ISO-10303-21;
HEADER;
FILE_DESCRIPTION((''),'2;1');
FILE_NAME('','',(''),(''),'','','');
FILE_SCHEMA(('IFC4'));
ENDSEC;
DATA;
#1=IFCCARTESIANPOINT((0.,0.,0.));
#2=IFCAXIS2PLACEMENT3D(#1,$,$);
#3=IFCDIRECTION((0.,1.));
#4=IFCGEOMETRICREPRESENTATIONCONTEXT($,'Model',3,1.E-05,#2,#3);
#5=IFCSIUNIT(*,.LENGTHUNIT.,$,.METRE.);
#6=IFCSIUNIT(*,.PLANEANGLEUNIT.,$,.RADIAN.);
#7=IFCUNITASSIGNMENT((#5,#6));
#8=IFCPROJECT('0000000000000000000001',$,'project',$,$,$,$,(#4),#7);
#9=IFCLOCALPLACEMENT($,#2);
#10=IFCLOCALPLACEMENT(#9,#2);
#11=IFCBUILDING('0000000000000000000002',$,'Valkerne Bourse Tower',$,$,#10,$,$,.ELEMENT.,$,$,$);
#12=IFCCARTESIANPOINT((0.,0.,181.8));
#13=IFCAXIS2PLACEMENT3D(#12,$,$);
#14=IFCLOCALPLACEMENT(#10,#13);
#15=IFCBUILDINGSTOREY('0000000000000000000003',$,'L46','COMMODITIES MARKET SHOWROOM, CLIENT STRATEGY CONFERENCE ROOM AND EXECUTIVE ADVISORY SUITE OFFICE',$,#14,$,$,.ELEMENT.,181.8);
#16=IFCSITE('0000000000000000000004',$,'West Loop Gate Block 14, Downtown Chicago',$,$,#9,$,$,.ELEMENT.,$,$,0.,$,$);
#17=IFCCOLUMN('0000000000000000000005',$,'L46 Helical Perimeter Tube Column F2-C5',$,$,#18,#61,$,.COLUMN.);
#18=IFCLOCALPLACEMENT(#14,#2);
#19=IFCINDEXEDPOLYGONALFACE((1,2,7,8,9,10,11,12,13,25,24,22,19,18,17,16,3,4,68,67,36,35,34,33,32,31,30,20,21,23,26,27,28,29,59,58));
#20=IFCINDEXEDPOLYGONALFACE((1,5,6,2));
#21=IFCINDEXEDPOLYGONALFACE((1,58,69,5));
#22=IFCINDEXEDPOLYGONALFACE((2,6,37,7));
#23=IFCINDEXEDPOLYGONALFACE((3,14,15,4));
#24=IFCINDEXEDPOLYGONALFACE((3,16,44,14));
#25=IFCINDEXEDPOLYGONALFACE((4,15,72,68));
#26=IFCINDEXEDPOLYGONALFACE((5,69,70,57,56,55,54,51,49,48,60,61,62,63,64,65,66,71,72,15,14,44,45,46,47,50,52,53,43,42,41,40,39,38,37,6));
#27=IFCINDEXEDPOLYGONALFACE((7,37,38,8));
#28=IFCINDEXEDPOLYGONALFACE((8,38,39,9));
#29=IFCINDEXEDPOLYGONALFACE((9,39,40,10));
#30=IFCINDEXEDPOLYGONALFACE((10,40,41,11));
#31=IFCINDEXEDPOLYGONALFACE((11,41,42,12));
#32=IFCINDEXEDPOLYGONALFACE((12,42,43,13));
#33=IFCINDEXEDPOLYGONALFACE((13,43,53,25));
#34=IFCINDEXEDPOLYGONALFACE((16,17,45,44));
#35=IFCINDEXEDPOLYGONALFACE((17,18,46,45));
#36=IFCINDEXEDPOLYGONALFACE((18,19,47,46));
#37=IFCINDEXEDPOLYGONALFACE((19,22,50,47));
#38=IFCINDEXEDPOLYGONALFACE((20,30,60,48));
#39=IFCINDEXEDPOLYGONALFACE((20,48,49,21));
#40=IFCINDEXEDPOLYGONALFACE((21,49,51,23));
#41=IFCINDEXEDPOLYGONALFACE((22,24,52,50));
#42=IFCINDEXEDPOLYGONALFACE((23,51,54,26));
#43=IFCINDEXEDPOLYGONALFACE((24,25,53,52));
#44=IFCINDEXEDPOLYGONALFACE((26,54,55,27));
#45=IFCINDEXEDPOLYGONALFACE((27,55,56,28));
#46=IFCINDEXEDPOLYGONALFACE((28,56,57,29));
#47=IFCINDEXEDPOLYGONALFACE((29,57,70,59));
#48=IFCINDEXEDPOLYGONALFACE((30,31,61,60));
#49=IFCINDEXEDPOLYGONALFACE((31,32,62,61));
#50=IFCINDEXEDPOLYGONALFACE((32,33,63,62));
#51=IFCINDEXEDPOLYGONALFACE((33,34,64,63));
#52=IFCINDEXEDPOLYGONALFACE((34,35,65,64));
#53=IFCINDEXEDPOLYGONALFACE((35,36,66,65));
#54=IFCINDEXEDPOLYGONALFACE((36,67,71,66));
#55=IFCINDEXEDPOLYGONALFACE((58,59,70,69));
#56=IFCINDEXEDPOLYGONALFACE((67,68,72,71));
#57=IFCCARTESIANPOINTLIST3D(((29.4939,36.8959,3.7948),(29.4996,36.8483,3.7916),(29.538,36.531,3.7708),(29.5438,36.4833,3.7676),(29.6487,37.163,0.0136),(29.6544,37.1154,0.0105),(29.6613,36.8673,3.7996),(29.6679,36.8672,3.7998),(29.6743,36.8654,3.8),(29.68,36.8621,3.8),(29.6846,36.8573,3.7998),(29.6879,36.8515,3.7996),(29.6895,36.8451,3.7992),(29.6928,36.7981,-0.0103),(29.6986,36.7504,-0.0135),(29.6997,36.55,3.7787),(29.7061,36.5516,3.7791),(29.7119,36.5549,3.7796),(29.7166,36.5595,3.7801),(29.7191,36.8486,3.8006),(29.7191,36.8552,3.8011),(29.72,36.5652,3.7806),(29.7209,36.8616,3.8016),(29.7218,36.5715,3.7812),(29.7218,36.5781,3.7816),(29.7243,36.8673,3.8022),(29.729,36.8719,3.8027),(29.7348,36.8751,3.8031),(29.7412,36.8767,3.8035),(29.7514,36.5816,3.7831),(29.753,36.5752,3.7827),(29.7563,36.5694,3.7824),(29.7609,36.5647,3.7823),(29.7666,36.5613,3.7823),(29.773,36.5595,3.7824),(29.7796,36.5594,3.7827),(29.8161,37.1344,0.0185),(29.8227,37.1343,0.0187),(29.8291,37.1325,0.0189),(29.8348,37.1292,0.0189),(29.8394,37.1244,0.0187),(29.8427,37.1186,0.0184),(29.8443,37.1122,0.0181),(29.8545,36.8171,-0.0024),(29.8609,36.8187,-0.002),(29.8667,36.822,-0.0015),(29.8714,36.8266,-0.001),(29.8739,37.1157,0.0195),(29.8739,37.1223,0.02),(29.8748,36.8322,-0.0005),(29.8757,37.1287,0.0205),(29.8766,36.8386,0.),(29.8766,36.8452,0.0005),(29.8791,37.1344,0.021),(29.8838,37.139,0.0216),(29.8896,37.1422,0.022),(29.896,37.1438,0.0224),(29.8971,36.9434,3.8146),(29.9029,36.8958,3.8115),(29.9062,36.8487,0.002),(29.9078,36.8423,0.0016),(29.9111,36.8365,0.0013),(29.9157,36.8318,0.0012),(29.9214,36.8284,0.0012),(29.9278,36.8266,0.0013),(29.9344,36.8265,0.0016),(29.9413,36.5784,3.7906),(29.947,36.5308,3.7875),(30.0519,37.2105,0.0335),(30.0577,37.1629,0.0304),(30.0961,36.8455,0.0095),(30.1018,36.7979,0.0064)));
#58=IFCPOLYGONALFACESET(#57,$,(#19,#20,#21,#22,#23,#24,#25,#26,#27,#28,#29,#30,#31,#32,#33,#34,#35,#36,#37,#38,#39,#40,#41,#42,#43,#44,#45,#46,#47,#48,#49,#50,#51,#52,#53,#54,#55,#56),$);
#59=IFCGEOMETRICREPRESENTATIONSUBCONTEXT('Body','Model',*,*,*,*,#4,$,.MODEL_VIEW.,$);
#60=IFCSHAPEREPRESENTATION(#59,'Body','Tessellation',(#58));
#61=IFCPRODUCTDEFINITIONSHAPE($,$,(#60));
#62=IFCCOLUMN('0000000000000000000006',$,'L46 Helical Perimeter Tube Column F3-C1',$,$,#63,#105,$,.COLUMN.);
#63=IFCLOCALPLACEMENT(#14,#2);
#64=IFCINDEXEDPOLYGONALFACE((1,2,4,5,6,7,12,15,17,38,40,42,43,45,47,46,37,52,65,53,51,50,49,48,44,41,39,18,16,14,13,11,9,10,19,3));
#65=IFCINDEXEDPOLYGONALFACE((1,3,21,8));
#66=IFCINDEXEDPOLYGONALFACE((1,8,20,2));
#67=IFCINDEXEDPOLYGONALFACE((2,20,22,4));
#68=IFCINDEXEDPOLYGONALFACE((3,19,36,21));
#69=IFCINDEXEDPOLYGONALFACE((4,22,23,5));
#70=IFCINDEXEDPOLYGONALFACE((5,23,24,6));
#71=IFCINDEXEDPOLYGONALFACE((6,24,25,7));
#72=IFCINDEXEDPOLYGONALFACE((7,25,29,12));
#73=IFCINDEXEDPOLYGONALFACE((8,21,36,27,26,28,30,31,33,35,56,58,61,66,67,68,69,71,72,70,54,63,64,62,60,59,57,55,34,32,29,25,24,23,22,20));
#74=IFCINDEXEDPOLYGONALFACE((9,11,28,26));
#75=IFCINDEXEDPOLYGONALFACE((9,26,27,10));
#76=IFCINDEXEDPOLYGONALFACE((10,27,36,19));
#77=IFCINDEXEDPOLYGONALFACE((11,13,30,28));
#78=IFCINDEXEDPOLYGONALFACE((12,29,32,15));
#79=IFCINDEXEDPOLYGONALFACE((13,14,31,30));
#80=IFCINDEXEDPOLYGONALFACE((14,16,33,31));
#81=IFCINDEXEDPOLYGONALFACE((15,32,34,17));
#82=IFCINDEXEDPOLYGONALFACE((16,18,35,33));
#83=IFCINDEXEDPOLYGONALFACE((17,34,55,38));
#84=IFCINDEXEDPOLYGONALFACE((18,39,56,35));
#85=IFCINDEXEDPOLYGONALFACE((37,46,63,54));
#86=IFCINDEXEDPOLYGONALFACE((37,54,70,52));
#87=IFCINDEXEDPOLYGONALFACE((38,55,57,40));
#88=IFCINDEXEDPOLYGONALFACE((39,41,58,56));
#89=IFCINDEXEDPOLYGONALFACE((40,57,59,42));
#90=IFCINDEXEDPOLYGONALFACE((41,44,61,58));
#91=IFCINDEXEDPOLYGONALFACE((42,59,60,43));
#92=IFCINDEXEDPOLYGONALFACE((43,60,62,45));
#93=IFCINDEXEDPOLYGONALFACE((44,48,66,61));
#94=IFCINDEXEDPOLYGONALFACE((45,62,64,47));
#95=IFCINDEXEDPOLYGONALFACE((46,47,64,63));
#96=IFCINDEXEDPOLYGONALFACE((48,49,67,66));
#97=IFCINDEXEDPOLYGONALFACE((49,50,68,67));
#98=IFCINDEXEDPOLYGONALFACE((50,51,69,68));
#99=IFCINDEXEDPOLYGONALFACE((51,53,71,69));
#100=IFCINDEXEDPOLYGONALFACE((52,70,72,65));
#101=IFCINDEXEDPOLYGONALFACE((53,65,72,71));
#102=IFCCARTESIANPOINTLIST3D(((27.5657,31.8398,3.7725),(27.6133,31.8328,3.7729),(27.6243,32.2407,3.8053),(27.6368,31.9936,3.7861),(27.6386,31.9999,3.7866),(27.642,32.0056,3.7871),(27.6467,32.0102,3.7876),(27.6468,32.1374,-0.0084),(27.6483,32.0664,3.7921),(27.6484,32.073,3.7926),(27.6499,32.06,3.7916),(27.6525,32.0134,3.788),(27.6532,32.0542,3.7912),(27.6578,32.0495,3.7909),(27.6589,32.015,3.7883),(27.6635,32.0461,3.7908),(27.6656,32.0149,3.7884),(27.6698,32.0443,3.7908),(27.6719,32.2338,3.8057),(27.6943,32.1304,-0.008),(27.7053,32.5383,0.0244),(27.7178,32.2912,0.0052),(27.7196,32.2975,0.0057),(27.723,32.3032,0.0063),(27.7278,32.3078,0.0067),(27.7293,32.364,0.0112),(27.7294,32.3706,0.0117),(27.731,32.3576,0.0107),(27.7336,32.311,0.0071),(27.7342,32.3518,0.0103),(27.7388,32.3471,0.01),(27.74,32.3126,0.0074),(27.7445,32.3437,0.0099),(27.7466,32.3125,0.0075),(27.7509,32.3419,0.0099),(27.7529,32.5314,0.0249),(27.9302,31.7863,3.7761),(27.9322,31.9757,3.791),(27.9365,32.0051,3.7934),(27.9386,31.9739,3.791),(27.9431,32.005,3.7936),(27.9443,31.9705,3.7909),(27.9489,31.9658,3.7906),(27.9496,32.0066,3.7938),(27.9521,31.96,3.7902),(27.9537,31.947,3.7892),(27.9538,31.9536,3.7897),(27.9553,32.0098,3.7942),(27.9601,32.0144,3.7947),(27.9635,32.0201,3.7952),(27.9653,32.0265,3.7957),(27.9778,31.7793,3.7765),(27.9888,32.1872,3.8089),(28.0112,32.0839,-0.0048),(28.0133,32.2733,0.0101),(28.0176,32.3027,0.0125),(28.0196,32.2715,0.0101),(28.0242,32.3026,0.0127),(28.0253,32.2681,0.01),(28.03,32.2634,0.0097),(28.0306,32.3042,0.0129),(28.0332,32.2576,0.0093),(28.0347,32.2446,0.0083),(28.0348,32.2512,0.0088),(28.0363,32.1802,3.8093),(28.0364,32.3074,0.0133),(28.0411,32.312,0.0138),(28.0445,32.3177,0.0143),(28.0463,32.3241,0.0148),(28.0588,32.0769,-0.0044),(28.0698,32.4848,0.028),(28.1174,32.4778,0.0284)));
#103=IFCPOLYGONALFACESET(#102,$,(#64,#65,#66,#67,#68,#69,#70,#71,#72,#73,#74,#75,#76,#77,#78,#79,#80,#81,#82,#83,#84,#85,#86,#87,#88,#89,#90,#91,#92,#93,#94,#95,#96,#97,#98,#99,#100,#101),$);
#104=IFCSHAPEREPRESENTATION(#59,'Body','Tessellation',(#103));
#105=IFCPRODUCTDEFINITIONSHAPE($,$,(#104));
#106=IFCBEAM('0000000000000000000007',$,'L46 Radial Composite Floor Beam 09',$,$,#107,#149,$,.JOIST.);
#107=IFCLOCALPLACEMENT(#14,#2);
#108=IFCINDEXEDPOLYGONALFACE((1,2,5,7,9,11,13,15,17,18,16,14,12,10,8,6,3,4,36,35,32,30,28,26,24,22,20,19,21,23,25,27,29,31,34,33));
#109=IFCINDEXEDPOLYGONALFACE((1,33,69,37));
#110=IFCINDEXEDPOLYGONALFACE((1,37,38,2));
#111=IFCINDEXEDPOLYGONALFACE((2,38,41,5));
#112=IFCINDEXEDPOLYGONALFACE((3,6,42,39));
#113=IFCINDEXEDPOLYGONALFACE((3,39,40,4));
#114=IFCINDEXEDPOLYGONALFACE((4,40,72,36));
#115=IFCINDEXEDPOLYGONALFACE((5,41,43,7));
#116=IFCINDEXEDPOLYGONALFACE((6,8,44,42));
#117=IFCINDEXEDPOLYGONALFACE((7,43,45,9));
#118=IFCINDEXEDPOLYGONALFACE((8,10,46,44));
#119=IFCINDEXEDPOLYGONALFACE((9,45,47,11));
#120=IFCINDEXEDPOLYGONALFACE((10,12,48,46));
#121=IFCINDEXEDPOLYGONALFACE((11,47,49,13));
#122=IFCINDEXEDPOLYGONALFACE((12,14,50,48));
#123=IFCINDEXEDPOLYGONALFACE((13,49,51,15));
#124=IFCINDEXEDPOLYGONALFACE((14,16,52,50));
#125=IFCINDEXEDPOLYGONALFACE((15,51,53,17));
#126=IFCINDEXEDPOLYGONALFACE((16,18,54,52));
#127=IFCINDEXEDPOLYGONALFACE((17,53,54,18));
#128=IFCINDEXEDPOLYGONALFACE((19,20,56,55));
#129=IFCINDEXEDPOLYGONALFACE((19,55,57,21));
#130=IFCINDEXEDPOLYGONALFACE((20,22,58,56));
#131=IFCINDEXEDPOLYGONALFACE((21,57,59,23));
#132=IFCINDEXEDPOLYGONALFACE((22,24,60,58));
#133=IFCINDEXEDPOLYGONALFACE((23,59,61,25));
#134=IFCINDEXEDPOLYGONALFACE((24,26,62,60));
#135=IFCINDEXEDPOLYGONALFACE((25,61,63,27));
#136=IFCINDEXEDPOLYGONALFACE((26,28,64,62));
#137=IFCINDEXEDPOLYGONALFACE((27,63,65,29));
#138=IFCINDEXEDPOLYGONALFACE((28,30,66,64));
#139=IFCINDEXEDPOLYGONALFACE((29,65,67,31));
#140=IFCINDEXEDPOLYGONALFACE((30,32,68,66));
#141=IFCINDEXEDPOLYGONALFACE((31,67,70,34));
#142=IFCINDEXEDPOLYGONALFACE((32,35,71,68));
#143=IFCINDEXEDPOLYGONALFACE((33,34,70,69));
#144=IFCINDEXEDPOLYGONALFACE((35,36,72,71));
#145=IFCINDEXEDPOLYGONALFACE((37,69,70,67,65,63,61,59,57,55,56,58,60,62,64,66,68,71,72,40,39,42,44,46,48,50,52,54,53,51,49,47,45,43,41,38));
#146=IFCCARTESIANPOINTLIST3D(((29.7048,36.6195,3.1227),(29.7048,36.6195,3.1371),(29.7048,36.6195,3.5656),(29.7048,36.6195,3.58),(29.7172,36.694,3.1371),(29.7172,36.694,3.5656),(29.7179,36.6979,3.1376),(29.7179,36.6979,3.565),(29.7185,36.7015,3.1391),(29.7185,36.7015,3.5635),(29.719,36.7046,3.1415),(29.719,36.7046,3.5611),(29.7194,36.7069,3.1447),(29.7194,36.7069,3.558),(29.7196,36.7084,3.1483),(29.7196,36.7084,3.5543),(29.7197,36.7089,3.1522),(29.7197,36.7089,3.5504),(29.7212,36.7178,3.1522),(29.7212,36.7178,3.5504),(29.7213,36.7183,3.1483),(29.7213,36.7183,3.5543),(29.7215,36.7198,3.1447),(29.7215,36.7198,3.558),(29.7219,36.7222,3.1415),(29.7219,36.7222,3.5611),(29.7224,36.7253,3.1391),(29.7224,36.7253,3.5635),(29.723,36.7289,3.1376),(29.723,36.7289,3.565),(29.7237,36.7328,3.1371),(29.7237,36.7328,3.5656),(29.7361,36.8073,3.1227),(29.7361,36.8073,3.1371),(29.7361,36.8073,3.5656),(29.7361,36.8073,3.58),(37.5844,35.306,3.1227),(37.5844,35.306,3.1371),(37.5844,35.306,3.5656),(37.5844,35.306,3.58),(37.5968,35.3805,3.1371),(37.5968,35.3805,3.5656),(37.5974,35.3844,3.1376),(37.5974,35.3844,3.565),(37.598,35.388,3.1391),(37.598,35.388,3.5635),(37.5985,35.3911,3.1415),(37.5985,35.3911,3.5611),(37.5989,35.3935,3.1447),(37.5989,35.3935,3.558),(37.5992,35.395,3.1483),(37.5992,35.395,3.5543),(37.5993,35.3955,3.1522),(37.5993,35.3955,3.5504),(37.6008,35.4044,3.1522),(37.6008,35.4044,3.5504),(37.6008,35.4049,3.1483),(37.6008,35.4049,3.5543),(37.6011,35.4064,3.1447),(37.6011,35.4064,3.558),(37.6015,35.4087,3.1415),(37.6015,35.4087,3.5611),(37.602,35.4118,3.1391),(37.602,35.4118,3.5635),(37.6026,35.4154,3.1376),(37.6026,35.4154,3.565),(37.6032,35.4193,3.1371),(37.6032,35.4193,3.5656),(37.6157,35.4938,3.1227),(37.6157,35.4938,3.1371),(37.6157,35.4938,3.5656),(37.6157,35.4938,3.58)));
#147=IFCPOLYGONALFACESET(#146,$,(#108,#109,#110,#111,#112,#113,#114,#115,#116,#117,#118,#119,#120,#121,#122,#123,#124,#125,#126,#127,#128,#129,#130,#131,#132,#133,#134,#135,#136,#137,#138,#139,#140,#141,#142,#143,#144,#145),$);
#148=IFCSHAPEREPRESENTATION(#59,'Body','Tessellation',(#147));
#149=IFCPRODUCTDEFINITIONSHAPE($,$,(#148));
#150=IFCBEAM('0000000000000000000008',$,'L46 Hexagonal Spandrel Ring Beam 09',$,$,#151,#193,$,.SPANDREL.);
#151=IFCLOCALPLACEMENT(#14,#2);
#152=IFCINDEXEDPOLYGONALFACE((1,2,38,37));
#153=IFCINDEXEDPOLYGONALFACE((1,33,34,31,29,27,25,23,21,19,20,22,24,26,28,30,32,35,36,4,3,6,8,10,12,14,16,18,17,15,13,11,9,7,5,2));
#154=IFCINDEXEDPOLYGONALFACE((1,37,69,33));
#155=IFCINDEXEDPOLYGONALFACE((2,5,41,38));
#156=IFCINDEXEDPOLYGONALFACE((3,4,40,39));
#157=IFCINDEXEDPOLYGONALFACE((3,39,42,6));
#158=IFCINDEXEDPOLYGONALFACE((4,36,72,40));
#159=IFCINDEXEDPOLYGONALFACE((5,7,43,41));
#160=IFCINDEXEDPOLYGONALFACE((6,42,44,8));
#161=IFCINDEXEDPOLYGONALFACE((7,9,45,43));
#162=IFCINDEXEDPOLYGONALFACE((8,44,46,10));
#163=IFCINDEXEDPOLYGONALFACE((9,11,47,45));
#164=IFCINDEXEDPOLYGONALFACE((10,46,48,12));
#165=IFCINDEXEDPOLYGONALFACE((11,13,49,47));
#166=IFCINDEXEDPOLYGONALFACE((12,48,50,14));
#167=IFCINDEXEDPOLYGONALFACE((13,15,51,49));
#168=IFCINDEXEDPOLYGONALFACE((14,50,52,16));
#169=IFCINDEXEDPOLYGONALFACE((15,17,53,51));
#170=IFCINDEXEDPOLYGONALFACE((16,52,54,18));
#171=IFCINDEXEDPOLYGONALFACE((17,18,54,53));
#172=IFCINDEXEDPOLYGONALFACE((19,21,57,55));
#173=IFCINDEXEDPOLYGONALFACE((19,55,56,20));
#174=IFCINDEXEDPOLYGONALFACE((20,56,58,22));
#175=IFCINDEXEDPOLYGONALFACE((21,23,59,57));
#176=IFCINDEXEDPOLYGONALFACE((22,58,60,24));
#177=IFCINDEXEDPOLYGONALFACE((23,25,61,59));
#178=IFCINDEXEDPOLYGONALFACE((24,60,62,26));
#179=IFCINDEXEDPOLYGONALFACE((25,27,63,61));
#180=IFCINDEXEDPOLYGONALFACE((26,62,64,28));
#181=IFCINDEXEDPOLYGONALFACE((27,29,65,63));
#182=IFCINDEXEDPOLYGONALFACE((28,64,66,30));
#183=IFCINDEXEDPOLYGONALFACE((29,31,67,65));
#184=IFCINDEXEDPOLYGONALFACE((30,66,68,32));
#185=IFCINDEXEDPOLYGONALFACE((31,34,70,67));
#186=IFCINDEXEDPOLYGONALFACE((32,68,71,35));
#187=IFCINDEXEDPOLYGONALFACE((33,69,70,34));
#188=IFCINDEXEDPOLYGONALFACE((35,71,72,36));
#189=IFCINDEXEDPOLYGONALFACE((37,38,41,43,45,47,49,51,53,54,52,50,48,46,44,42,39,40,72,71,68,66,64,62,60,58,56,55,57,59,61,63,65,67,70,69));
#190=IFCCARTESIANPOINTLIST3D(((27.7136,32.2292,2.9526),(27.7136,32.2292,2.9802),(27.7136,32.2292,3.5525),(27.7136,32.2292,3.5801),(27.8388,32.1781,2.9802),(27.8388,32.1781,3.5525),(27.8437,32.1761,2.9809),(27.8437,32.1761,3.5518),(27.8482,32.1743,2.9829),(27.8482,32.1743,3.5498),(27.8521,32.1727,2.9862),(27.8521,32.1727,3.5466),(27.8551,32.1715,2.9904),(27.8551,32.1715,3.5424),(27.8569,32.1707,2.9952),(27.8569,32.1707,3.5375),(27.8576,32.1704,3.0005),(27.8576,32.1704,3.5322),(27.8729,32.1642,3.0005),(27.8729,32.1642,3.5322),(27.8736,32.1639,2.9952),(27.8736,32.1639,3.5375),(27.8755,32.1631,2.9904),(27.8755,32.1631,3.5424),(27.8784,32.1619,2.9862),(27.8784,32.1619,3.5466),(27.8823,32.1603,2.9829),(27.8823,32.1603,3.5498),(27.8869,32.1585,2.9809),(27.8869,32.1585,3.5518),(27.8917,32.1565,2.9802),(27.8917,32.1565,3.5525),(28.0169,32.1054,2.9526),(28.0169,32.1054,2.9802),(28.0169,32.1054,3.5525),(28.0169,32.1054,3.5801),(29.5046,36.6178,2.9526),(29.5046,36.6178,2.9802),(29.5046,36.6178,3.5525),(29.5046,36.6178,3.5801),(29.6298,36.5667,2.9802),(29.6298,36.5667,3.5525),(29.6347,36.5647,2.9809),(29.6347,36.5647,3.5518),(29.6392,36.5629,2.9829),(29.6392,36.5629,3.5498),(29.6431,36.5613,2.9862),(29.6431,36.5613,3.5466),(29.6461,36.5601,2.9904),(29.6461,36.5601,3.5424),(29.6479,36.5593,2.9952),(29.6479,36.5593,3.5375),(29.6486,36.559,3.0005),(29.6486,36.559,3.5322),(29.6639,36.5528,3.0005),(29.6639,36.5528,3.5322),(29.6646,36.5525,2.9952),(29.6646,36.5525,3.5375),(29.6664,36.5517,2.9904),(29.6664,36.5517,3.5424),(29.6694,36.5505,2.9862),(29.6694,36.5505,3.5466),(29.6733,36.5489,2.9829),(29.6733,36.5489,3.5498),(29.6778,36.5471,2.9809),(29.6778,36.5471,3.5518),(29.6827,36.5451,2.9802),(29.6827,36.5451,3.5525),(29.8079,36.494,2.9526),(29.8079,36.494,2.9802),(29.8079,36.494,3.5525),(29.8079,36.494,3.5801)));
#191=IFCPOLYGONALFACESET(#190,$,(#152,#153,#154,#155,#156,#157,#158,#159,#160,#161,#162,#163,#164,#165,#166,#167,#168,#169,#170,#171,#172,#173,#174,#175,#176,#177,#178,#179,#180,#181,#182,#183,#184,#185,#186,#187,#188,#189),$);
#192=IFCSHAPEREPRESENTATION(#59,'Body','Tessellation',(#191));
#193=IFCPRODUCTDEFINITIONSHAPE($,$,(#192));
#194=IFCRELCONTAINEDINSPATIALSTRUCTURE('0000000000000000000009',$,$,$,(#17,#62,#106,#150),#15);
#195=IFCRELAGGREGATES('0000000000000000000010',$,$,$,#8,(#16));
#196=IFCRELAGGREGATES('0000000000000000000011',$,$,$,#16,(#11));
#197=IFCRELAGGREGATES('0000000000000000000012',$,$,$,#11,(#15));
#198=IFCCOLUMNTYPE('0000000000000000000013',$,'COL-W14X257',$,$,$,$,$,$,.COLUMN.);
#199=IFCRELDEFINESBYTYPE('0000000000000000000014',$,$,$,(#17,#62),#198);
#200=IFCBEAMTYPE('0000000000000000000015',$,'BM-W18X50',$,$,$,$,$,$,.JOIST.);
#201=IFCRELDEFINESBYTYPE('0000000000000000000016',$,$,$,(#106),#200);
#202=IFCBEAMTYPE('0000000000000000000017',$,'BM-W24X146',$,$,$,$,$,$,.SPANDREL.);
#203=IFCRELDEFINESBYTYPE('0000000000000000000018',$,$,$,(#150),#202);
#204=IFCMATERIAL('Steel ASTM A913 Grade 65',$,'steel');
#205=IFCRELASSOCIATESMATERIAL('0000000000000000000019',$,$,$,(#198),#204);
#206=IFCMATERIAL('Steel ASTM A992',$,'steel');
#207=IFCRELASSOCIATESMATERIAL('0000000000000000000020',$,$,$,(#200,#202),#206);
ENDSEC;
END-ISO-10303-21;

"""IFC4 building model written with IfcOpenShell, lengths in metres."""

from ifc_helpers import new_model, si_unit, direction, frame, origin, origin_2d, place, context, subcontext, project, spatial, i_section, extrude, material, material_profile, profile_set, type_object, element, save


model = new_model("IFC4")

# Units and contexts
model_context = context("Model", 3, precision=1e-05, world=origin(), true_north=direction((0.0, 1.0)))
body_context = subcontext(model_context, "Body", "Model", "MODEL_VIEW")
ifc_project = project(units=[si_unit("LENGTHUNIT", "METRE"), si_unit("PLANEANGLEUNIT", "RADIAN")], contexts=[model_context])

# Site, building, storey
site_placement = place(None, origin())
site = spatial("IfcSite", under=ifc_project, at=site_placement, Name="West Loop Gate Block 14, Downtown Chicago", CompositionType="ELEMENT", RefElevation=0.0)
building_placement = place(site_placement, origin())
building = spatial("IfcBuilding", under=site, at=building_placement, Name="Valkerne Bourse Tower", CompositionType="ELEMENT")
storey_placement = place(building_placement, frame((0.0, 0.0, 181.8)))
storey = spatial("IfcBuildingStorey", under=building, at=storey_placement, Name="L46", Description="COMMODITIES MARKET SHOWROOM, CLIENT STRATEGY CONFERENCE ROOM AND EXECUTIVE ADVISORY SUITE OFFICE", CompositionType="ELEMENT", Elevation=181.8)

# Columns
ifc_material_1 = material(Name="Steel ASTM A913 Grade 65", Category="steel")
ifc_material_profile_1 = material_profile(ifc_material_1, i_section(OverallWidth=0.4065, OverallDepth=0.4165, WebThickness=0.0298, FlangeThickness=0.0481, FilletRadius=0.0254, at=origin_2d()), Name="W14X257")
ifc_profile_set_1 = profile_set([ifc_material_profile_1], Name="Steel ASTM A913 Grade 65")
column_type = type_object("IfcColumnType", Name="COL-W14X257", PredefinedType="COLUMN", material=ifc_profile_set_1)
column_1_placement = place(storey_placement, frame((29.8752, 36.9805, 0.01), z_axis=(-0.040802, -0.070406, 0.996684), x_axis=(-0.991953, -0.116796, -0.048859)))
element("IfcColumn", 1, at=column_1_placement, inside=storey, type_object=column_type, Name="L46 Helical Perimeter Tube Column F2-C5", PredefinedType="COLUMN", context=body_context, shape_type="SweptSolid", body=[
    extrude(i_section(OverallWidth=0.4065, OverallDepth=0.4165, WebThickness=0.0298, FlangeThickness=0.0481, FilletRadius=0.0254, at=origin_2d()), origin(), (0.0, 0.0, 1.0), 3.7937),
])
column_2_placement = place(storey_placement, frame((27.8821, 32.3076, 0.01), z_axis=(-0.021366, -0.078451, 0.996689), x_axis=(-0.144101, -0.986265, -0.080719)))
element("IfcColumn", 2, at=column_2_placement, inside=storey, type_object=column_type, Name="L46 Helical Perimeter Tube Column F3-C1", PredefinedType="COLUMN", context=body_context, shape_type="SweptSolid", body=[
    extrude(i_section(OverallWidth=0.4065, OverallDepth=0.4165, WebThickness=0.0298, FlangeThickness=0.0481, FilletRadius=0.0254, at=origin_2d()), origin(), (0.0, 0.0, 1.0), 3.7935),
])

# Beams
ifc_material_2 = material(Name="Steel ASTM A992", Category="steel")
ifc_material_profile_2 = material_profile(ifc_material_2, i_section(OverallWidth=0.1904, OverallDepth=0.4573, WebThickness=0.009, FlangeThickness=0.0144, FilletRadius=0.0151, at=origin_2d()), Name="W18X50")
ifc_profile_set_2 = profile_set([ifc_material_profile_2], Name="Steel ASTM A992")
beam_type_1 = type_object("IfcBeamType", Name="BM-W18X50", PredefinedType="JOIST", material=ifc_profile_set_2)
beam_1_placement = place(storey_placement, frame((29.7205, 36.7134, 3.3513), z_axis=(0.98639, -0.164424, 0.0), x_axis=(0.164424, 0.98639, 0.0)))
element("IfcBeam", 3, at=beam_1_placement, inside=storey, type_object=beam_type_1, Name="L46 Radial Composite Floor Beam 09", PredefinedType="JOIST", context=body_context, shape_type="SweptSolid", body=[
    extrude(i_section(OverallWidth=0.1904, OverallDepth=0.4573, WebThickness=0.009, FlangeThickness=0.0144, FilletRadius=0.0151, at=origin_2d()), origin(), (0.0, 0.0, 1.0), 7.9883),
])
ifc_material_profile_3 = material_profile(ifc_material_2, i_section(OverallWidth=0.3276, OverallDepth=0.6274, WebThickness=0.0166, FlangeThickness=0.0276, FilletRadius=0.0203, at=origin_2d()), Name="W24X146")
ifc_profile_set_3 = profile_set([ifc_material_profile_3], Name="Steel ASTM A992")
beam_type_2 = type_object("IfcBeamType", Name="BM-W24X146", PredefinedType="SPANDREL", material=ifc_profile_set_3)
beam_2_placement = place(storey_placement, frame((29.6562, 36.5559, 3.2664), z_axis=(-0.377847, -0.925868, 0.0), x_axis=(0.925868, -0.377847, 0.0)))
element("IfcBeam", 4, at=beam_2_placement, inside=storey, type_object=beam_type_2, Name="L46 Hexagonal Spandrel Ring Beam 09", PredefinedType="SPANDREL", context=body_context, shape_type="SweptSolid", body=[
    extrude(i_section(OverallWidth=0.3276, OverallDepth=0.6274, WebThickness=0.0166, FlangeThickness=0.0276, FilletRadius=0.0203, at=origin_2d()), origin(), (0.0, 0.0, 1.0), 4.74),
])

save(model, "model.ifc")
